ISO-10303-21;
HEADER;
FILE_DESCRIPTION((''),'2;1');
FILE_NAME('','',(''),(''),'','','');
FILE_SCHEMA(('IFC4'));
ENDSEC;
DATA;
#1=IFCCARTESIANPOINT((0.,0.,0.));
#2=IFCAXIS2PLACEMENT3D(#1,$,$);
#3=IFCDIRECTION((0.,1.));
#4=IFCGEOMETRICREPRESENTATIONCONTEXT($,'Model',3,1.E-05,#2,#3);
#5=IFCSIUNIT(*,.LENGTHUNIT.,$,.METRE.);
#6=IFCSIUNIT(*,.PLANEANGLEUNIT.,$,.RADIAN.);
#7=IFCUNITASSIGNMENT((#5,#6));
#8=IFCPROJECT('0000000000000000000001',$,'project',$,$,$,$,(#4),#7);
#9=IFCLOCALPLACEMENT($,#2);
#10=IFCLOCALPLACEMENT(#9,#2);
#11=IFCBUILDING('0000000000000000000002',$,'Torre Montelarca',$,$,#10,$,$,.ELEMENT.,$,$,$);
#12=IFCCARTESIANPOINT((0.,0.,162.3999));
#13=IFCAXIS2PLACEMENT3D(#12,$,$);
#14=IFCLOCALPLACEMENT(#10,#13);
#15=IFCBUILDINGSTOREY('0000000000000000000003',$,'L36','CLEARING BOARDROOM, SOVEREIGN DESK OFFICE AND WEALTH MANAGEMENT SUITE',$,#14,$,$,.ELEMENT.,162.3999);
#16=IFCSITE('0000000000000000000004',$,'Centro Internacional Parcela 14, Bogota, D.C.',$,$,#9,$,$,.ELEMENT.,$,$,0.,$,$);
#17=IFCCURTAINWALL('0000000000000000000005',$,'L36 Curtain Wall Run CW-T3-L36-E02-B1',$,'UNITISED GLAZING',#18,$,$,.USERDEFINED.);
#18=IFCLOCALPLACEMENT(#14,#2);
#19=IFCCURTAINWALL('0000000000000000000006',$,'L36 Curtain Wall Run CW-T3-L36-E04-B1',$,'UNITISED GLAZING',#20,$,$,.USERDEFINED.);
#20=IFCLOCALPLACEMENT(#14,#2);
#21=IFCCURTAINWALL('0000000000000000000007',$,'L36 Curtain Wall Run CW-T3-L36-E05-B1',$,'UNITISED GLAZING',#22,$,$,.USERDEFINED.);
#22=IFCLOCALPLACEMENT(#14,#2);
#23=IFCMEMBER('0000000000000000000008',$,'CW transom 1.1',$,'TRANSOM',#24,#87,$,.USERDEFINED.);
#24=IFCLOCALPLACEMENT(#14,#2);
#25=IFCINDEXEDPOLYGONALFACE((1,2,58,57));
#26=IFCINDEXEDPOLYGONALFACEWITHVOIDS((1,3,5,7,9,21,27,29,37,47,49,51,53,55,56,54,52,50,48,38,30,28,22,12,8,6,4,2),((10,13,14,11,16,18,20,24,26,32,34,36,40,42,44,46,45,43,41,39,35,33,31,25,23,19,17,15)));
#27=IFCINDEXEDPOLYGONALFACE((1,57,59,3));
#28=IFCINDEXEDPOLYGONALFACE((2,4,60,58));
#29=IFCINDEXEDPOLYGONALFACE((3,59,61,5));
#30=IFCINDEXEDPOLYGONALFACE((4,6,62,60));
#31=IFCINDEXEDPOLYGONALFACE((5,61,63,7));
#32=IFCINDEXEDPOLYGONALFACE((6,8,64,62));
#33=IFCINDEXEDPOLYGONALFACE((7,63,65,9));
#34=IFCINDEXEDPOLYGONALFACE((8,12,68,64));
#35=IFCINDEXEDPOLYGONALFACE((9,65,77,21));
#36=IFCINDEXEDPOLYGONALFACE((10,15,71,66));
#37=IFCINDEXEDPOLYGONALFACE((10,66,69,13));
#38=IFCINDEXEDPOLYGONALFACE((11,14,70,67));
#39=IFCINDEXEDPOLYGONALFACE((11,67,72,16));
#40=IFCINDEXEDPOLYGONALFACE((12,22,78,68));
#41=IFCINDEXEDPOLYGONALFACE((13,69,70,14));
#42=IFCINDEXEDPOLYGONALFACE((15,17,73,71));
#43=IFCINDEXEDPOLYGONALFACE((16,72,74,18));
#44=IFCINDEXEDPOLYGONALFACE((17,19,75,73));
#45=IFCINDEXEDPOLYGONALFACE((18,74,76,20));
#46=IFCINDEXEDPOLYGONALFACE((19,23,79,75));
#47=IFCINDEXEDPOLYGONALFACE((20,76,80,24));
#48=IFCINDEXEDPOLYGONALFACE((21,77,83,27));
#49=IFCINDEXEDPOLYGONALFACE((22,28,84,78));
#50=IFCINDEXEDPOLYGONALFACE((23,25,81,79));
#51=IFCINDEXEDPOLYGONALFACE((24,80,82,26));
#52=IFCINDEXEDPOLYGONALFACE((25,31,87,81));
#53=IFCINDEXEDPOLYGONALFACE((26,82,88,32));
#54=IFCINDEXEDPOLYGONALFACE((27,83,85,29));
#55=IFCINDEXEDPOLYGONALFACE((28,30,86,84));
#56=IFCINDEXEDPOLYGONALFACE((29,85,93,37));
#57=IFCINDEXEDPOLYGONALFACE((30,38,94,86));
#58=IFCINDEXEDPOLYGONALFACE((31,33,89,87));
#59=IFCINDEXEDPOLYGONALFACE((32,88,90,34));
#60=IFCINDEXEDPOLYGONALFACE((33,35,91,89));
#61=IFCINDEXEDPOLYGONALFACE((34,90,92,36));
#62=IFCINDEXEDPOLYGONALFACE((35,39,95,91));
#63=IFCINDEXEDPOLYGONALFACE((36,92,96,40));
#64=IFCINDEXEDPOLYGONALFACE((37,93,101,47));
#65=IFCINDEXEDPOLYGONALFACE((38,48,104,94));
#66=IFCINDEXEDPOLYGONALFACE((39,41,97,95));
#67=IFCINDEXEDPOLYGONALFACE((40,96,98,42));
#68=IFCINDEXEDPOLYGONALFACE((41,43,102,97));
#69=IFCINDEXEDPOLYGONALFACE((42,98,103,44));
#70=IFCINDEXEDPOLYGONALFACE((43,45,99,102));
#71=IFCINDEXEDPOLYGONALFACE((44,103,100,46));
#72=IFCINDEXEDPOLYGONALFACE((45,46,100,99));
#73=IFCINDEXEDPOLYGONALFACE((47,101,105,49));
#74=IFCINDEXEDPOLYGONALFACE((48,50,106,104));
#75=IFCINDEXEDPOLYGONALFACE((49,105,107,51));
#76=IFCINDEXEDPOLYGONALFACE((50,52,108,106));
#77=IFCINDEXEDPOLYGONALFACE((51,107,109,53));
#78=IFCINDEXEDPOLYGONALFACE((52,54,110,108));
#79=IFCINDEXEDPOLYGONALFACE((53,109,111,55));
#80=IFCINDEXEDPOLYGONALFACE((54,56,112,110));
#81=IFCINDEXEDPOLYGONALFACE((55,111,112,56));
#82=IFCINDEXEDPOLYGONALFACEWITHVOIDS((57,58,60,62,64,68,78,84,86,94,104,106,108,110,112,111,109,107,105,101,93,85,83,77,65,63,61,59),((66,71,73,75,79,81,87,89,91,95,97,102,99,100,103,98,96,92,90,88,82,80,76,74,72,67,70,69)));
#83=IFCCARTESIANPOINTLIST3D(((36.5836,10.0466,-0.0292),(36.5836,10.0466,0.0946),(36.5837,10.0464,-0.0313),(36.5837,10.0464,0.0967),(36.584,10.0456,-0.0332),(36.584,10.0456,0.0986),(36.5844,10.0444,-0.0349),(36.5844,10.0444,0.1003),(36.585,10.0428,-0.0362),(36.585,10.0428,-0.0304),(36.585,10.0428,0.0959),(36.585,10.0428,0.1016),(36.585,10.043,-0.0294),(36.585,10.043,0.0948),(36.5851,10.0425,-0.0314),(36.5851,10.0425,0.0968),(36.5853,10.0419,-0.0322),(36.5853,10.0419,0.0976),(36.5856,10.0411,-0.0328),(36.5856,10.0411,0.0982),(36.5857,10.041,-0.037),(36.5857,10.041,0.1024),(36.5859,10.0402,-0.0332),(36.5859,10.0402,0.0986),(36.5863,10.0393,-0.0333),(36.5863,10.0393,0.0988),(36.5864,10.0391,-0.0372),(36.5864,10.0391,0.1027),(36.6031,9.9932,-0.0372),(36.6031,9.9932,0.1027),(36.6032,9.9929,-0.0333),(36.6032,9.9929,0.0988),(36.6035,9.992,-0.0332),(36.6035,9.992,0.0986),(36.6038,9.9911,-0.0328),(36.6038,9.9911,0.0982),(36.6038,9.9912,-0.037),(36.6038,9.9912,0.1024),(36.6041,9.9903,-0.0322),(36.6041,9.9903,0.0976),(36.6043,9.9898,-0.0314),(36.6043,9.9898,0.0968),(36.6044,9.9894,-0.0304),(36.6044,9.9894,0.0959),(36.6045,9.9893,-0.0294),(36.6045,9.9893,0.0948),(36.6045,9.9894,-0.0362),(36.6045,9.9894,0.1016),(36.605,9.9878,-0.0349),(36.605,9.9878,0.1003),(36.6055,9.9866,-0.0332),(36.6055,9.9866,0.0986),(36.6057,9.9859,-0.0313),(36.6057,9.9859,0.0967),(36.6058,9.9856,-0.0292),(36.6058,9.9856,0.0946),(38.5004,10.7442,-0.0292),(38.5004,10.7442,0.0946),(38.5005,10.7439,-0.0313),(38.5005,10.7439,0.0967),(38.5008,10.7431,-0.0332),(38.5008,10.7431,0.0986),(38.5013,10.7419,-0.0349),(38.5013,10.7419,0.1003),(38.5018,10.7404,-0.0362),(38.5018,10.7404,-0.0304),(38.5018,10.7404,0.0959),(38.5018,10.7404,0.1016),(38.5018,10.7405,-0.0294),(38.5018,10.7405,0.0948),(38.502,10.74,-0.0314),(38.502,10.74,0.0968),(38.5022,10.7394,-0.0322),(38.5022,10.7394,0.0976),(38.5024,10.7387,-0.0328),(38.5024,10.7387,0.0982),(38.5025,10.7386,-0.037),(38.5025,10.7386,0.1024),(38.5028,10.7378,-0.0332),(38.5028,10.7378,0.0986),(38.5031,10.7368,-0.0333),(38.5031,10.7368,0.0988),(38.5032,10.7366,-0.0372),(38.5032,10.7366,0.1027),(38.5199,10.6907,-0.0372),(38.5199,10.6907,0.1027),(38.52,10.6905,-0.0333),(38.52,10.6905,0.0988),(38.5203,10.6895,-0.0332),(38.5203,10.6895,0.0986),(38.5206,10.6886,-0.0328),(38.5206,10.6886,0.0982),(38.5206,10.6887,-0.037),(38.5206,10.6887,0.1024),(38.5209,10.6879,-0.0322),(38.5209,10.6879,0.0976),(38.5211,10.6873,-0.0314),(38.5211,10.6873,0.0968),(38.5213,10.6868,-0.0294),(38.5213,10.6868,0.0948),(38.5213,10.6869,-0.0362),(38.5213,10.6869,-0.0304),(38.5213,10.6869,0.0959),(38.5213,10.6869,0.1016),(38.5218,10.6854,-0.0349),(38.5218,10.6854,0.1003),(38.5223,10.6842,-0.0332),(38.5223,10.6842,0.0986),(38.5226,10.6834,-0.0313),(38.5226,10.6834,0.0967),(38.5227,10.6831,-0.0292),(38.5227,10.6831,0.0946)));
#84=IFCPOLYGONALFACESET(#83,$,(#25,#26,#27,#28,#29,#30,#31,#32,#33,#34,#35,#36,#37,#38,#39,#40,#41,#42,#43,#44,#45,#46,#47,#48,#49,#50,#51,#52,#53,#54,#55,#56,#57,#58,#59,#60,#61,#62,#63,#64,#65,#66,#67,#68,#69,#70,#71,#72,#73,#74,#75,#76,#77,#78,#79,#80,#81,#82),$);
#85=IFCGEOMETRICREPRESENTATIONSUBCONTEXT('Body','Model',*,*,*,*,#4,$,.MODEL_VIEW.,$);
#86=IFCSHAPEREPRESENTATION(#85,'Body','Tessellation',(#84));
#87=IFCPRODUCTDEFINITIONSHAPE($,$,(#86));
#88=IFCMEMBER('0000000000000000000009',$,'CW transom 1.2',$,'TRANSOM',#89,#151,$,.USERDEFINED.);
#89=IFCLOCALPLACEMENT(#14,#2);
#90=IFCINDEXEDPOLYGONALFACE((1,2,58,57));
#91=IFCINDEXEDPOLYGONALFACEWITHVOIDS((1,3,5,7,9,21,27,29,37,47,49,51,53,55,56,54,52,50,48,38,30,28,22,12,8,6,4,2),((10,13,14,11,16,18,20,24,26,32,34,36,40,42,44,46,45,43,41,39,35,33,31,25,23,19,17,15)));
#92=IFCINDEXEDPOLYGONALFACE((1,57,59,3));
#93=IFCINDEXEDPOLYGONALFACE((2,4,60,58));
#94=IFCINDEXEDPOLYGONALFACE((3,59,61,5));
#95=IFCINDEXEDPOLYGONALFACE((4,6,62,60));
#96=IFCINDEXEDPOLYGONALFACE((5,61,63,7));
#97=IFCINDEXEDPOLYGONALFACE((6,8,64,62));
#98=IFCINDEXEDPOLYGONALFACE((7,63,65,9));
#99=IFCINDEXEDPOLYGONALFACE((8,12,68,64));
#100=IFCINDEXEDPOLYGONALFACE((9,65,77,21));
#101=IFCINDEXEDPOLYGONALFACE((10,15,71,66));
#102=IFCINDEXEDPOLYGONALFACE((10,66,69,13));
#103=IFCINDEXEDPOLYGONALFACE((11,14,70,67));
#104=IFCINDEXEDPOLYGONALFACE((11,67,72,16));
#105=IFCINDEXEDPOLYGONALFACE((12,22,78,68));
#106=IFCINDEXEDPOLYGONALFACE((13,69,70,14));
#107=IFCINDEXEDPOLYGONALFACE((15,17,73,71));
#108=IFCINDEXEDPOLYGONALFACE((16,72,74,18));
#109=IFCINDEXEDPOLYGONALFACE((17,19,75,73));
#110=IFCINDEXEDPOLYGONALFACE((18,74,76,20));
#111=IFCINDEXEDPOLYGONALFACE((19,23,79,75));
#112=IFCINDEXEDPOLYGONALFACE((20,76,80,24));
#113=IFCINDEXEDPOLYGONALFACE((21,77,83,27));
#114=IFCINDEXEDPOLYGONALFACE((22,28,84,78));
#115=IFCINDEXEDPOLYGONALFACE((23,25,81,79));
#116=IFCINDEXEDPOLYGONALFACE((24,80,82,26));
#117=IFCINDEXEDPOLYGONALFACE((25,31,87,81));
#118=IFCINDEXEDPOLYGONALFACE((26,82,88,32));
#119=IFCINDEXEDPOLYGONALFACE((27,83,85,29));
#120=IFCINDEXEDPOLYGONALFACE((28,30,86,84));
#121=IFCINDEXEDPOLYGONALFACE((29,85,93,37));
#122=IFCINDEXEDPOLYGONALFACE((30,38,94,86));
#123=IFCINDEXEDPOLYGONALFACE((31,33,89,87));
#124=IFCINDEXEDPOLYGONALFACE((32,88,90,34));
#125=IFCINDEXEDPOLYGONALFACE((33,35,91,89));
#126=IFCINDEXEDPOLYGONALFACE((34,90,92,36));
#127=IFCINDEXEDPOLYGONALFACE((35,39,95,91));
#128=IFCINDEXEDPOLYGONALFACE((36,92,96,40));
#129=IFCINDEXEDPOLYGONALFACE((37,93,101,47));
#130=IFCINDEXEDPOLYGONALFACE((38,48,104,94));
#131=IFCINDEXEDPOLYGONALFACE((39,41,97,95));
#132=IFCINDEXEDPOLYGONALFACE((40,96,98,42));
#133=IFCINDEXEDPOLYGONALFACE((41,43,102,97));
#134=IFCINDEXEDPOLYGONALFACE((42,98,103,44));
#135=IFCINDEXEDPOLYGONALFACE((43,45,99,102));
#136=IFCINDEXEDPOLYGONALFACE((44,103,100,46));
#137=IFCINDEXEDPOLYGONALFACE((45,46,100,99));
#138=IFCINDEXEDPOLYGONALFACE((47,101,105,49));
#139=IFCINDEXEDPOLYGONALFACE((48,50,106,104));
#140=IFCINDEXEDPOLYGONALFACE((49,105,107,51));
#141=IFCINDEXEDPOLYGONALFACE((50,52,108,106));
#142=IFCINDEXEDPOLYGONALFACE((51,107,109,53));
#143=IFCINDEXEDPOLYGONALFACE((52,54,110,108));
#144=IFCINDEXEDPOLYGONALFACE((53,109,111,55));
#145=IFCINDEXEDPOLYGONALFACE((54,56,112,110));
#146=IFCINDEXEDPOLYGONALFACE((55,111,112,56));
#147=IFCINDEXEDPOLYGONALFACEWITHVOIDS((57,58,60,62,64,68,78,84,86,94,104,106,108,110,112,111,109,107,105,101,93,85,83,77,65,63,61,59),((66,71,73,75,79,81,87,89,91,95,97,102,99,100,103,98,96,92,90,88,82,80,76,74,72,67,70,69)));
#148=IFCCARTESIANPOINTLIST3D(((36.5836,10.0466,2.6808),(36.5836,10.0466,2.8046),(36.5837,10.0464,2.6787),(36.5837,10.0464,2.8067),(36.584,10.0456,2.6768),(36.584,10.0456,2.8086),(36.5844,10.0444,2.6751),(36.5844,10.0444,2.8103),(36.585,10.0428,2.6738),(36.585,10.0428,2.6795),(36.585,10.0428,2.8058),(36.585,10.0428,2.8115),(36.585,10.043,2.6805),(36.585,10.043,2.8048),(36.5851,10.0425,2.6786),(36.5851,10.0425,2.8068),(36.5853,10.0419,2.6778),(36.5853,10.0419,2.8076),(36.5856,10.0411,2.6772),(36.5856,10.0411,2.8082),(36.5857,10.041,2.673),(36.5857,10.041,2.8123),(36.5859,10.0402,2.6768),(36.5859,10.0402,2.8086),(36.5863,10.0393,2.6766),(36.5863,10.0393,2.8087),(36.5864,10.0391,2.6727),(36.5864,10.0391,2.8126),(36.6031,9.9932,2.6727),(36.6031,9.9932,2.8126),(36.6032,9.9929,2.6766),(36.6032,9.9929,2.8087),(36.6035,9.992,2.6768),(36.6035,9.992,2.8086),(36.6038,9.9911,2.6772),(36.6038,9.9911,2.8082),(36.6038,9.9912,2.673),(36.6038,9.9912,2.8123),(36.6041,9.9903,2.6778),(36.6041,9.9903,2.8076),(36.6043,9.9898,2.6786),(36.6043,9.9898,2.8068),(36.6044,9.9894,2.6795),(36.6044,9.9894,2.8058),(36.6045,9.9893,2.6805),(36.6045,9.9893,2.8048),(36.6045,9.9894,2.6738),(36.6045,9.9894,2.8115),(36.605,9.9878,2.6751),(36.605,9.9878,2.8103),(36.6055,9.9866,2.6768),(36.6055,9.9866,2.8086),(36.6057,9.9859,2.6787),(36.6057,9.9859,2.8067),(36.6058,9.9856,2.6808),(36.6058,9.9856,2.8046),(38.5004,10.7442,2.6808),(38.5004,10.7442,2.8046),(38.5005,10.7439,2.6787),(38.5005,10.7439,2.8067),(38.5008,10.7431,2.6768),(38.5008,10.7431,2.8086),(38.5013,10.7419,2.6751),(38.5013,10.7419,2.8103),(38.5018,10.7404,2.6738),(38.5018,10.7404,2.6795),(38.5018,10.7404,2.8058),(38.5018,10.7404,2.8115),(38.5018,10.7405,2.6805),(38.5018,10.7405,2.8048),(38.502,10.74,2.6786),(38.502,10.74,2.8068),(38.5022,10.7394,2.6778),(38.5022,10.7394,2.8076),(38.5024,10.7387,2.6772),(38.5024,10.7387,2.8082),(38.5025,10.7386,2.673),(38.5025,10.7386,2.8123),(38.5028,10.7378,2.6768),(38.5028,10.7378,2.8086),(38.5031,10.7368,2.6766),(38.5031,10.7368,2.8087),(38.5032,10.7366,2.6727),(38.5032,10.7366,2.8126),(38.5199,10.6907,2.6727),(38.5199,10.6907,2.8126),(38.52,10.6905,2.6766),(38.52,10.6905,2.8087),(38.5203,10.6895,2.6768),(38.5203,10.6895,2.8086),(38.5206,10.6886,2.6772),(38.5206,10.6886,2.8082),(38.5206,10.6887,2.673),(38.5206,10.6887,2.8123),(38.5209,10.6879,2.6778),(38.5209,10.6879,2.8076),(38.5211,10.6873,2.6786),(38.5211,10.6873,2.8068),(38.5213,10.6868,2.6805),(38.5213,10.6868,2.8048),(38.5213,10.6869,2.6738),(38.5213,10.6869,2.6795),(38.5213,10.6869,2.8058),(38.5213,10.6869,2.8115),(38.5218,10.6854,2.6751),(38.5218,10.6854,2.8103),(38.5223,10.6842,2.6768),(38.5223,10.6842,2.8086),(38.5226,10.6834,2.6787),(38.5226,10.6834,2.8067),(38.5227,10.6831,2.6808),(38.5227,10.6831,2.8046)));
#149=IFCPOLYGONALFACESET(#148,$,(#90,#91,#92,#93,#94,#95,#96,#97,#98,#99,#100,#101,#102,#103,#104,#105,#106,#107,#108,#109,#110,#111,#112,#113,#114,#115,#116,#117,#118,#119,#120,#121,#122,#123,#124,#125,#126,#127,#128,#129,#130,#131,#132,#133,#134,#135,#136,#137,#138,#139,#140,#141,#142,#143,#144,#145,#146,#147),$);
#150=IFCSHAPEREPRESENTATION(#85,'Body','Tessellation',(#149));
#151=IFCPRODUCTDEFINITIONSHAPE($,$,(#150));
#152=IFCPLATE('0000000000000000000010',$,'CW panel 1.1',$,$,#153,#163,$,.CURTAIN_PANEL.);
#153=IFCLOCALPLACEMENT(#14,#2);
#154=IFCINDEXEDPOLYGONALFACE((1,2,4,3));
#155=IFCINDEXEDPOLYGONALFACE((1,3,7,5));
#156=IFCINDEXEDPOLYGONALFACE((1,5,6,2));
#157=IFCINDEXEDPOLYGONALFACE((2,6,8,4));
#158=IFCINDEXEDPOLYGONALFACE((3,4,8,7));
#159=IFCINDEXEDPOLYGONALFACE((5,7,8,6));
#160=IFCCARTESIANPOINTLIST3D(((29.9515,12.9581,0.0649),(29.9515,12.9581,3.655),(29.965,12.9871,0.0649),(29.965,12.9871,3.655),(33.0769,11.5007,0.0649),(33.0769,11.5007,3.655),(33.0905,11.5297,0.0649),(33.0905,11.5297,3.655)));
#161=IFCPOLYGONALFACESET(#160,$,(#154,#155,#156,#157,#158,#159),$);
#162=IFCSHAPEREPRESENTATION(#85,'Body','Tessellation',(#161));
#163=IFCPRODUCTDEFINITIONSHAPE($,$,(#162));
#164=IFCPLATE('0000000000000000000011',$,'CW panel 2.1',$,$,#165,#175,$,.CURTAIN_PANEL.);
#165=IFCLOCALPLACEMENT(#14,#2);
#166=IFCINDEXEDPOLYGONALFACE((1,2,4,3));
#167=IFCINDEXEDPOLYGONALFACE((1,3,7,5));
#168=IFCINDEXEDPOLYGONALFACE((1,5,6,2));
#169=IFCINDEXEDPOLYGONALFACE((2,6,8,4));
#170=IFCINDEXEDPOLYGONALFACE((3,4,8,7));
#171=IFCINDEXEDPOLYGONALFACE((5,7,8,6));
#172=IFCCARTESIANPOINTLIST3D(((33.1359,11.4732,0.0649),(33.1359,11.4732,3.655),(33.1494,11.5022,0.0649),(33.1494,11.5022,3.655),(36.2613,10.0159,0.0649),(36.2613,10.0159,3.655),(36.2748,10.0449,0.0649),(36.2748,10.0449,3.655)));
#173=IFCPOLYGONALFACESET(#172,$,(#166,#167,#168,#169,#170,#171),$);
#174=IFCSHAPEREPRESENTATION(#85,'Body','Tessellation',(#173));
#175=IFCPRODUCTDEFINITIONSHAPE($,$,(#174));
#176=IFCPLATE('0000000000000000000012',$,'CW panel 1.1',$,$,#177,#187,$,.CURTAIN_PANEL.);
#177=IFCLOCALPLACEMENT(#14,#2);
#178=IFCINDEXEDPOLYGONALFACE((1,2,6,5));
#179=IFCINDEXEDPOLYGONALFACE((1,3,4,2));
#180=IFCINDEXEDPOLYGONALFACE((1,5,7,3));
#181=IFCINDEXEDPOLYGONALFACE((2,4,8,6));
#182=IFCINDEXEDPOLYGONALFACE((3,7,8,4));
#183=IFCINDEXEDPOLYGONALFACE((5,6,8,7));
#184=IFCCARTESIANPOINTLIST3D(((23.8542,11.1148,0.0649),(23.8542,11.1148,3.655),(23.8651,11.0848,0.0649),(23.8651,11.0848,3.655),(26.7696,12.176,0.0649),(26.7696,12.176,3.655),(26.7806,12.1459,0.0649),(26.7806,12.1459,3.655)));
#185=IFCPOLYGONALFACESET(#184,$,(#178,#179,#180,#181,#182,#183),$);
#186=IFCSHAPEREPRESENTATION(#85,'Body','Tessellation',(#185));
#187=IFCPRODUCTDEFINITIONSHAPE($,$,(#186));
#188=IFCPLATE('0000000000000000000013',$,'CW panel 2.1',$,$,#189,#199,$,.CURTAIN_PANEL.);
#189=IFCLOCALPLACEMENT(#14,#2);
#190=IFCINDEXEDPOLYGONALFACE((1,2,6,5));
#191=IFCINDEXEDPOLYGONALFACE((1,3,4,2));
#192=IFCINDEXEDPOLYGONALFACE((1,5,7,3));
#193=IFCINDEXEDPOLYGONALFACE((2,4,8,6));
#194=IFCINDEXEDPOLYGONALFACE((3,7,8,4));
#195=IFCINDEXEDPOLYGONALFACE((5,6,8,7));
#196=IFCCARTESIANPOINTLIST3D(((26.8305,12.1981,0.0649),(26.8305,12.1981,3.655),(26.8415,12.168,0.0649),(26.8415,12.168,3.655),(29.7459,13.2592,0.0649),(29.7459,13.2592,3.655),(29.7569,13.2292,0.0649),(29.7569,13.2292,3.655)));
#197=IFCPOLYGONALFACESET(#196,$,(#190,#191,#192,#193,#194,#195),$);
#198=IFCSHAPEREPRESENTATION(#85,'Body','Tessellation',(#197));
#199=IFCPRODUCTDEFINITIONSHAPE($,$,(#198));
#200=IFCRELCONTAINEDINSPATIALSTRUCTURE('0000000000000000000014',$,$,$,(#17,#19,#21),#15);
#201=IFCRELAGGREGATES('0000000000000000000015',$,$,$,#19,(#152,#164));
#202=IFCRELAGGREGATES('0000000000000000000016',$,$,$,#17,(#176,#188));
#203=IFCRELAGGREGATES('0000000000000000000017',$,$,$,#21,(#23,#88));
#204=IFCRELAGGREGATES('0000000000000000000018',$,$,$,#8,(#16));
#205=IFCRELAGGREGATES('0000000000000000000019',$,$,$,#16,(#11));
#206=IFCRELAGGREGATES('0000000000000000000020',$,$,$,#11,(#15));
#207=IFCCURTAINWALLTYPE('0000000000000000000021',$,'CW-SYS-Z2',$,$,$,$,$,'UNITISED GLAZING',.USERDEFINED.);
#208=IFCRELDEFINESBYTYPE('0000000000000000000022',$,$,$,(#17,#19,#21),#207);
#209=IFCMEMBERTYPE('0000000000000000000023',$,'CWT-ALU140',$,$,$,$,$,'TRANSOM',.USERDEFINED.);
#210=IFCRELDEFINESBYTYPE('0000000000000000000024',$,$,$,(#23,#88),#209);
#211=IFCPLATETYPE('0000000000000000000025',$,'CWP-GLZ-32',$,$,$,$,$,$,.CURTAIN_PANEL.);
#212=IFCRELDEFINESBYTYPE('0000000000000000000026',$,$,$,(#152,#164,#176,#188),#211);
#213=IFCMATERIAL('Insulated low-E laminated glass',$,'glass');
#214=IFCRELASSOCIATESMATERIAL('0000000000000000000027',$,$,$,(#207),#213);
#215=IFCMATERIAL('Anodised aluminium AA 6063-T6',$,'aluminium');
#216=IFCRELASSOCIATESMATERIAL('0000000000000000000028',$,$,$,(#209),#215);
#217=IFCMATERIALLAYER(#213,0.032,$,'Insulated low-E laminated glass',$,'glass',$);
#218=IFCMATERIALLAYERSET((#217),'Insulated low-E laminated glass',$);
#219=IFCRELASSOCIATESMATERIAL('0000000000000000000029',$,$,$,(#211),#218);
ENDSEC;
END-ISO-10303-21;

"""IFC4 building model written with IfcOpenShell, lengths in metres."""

from ifc_helpers import new_model, si_unit, direction, frame, origin, origin_2d, place, context, subcontext, project, spatial, rectangle, hollow_rectangle, extrude, source, transform, mapped, material, layer, layer_set, material_profile, profile_set, type_object, element, aggregate, save


model = new_model("IFC4")

# Units and contexts
model_context = context("Model", 3, precision=1e-05, world=origin(), true_north=direction((0.0, 1.0)))
body_context = subcontext(model_context, "Body", "Model", "MODEL_VIEW")
ifc_project = project(units=[si_unit("LENGTHUNIT", "METRE"), si_unit("PLANEANGLEUNIT", "RADIAN")], contexts=[model_context])

# Site, building, storey
site_placement = place(None, origin())
site = spatial("IfcSite", under=ifc_project, at=site_placement, Name="Centro Internacional Parcela 14, Bogota, D.C.", CompositionType="ELEMENT", RefElevation=0.0)
building_placement = place(site_placement, origin())
building = spatial("IfcBuilding", under=site, at=building_placement, Name="Torre Montelarca", CompositionType="ELEMENT")
storey_placement = place(building_placement, frame((0.0, 0.0, 162.3999)))
storey = spatial("IfcBuildingStorey", under=building, at=storey_placement, Name="L36", Description="CLEARING BOARDROOM, SOVEREIGN DESK OFFICE AND WEALTH MANAGEMENT SUITE", CompositionType="ELEMENT", Elevation=162.3999)

# Curtain wall
ifc_material_1 = material(Name="Insulated low-E laminated glass", Category="glass")
curtain_wall_type = type_object("IfcCurtainWallType", Name="CW-SYS-Z2", ElementType="UNITISED GLAZING", PredefinedType="USERDEFINED", material=ifc_material_1)
curtain_wall_1_placement = place(storey_placement, origin())
curtain_wall_1 = element("IfcCurtainWall", 1, at=curtain_wall_1_placement, inside=storey, type_object=curtain_wall_type, Name="L36 Curtain Wall Run CW-T3-L36-E02-B1", ObjectType="UNITISED GLAZING", PredefinedType="USERDEFINED")
ifc_material_2 = material(Name="Anodised aluminium AA 6063-T6", Category="aluminium")
ifc_material_profile_1 = material_profile(ifc_material_2, hollow_rectangle(XDim=0.0649, YDim=0.1399, WallThickness=0.0039, InnerFilletRadius=0.0039, OuterFilletRadius=0.0081, at=origin_2d()), Name="ALU65X140X4", Category="aluminium")
ifc_profile_set_1 = profile_set([ifc_material_profile_1], Name="Anodised aluminium AA 6063-T6")
member_type_1 = type_object("IfcMemberType", Name="CWT-ALU140", ElementType="TRANSOM", PredefinedType="USERDEFINED", material=ifc_profile_set_1)

# Curtain wall
curtain_wall_2_placement = place(storey_placement, origin())
curtain_wall_2 = element("IfcCurtainWall", 2, at=curtain_wall_2_placement, inside=storey, type_object=curtain_wall_type, Name="L36 Curtain Wall Run CW-T3-L36-E04-B1", ObjectType="UNITISED GLAZING", PredefinedType="USERDEFINED")

# Curtain wall
curtain_wall_3_placement = place(storey_placement, origin())
curtain_wall_3 = element("IfcCurtainWall", 3, at=curtain_wall_3_placement, inside=storey, type_object=curtain_wall_type, Name="L36 Curtain Wall Run CW-T3-L36-E05-B1", ObjectType="UNITISED GLAZING", PredefinedType="USERDEFINED")

# Members
shared_shape_1 = source(origin(), body_context, "Body", "SweptSolid", [
    extrude(hollow_rectangle(XDim=0.0649, YDim=0.1399, WallThickness=0.0039, InnerFilletRadius=0.0039, OuterFilletRadius=0.0081, at=origin_2d()), origin(), (0.0, 0.0, 1.0), 2.0398),
])
member_1_placement = place(storey_placement, frame((36.5947, 10.0161, 0.0327), z_axis=(0.939713, 0.341964, 0.0), x_axis=(-0.341964, 0.939713, 0.0)))
member_1 = element("IfcMember", 4, at=member_1_placement, type_object=member_type_1, Name="CW transom 1.1", ObjectType="TRANSOM", PredefinedType="USERDEFINED", context=body_context, shape_type="MappedRepresentation", body=[
    mapped(shared_shape_1, transform((0.0, 0.0, 0.0), scale=1.0)),
])
member_2_placement = place(storey_placement, frame((36.5947, 10.0161, 2.7427), z_axis=(0.939713, 0.341964, 0.0), x_axis=(-0.341964, 0.939713, 0.0)))
member_2 = element("IfcMember", 5, at=member_2_placement, type_object=member_type_1, Name="CW transom 1.2", ObjectType="TRANSOM", PredefinedType="USERDEFINED", context=body_context, shape_type="MappedRepresentation", body=[
    mapped(shared_shape_1, transform((0.0, 0.0, 0.0), scale=1.0)),
])

# Plates
ifc_layer_1 = layer(ifc_material_1, 0.032, Name="Insulated low-E laminated glass", Category="glass")
ifc_layer_set_1 = layer_set([ifc_layer_1], Name="Insulated low-E laminated glass")
plate_type = type_object("IfcPlateType", Name="CWP-GLZ-32", PredefinedType="CURTAIN_PANEL", material=ifc_layer_set_1)
shared_shape_2 = source(origin(), body_context, "Body", "SweptSolid", [
    extrude(rectangle(XDim=3.4485, YDim=0.032, at=origin_2d()), origin(), (0.0, 0.0, 1.0), 3.5901),
])
plate_1_placement = place(storey_placement, frame((31.521, 12.2439, 0.0649), z_axis=(0.0, 0.0, 1.0), x_axis=(0.906315, -0.422602, 0.0)))
plate_1 = element("IfcPlate", 6, at=plate_1_placement, type_object=plate_type, Name="CW panel 1.1", PredefinedType="CURTAIN_PANEL", context=body_context, shape_type="MappedRepresentation", body=[
    mapped(shared_shape_2, transform((0.0, 0.0, 0.0), scale=1.0)),
])
plate_2_placement = place(storey_placement, frame((34.7053, 10.759, 0.0649), z_axis=(0.0, 0.0, 1.0), x_axis=(0.906315, -0.422602, 0.0)))
plate_2 = element("IfcPlate", 7, at=plate_2_placement, type_object=plate_type, Name="CW panel 2.1", PredefinedType="CURTAIN_PANEL", context=body_context, shape_type="MappedRepresentation", body=[
    mapped(shared_shape_2, transform((0.0, 0.0, 0.0), scale=1.0)),
])
aggregate(curtain_wall_2, [plate_1, plate_2])
shared_shape_3 = source(origin(), body_context, "Body", "SweptSolid", [
    extrude(rectangle(XDim=3.1025, YDim=0.032, at=origin_2d()), origin(), (0.0, 0.0, 1.0), 3.5901),
])
plate_3_placement = place(storey_placement, frame((25.3174, 11.6304, 0.0649), z_axis=(0.0, 0.0, 1.0), x_axis=(0.939693, 0.342018, 0.0)))
plate_3 = element("IfcPlate", 8, at=plate_3_placement, type_object=plate_type, Name="CW panel 1.1", PredefinedType="CURTAIN_PANEL", context=body_context, shape_type="MappedRepresentation", body=[
    mapped(shared_shape_3, transform((0.0, 0.0, 0.0), scale=1.0)),
])
plate_4_placement = place(storey_placement, frame((28.2937, 12.7136, 0.0649), z_axis=(0.0, 0.0, 1.0), x_axis=(0.939693, 0.342018, 0.0)))
plate_4 = element("IfcPlate", 9, at=plate_4_placement, type_object=plate_type, Name="CW panel 2.1", PredefinedType="CURTAIN_PANEL", context=body_context, shape_type="MappedRepresentation", body=[
    mapped(shared_shape_3, transform((0.0, 0.0, 0.0), scale=1.0)),
])
aggregate(curtain_wall_1, [plate_3, plate_4])
aggregate(curtain_wall_3, [member_1, member_2])

save(model, "model.ifc")
